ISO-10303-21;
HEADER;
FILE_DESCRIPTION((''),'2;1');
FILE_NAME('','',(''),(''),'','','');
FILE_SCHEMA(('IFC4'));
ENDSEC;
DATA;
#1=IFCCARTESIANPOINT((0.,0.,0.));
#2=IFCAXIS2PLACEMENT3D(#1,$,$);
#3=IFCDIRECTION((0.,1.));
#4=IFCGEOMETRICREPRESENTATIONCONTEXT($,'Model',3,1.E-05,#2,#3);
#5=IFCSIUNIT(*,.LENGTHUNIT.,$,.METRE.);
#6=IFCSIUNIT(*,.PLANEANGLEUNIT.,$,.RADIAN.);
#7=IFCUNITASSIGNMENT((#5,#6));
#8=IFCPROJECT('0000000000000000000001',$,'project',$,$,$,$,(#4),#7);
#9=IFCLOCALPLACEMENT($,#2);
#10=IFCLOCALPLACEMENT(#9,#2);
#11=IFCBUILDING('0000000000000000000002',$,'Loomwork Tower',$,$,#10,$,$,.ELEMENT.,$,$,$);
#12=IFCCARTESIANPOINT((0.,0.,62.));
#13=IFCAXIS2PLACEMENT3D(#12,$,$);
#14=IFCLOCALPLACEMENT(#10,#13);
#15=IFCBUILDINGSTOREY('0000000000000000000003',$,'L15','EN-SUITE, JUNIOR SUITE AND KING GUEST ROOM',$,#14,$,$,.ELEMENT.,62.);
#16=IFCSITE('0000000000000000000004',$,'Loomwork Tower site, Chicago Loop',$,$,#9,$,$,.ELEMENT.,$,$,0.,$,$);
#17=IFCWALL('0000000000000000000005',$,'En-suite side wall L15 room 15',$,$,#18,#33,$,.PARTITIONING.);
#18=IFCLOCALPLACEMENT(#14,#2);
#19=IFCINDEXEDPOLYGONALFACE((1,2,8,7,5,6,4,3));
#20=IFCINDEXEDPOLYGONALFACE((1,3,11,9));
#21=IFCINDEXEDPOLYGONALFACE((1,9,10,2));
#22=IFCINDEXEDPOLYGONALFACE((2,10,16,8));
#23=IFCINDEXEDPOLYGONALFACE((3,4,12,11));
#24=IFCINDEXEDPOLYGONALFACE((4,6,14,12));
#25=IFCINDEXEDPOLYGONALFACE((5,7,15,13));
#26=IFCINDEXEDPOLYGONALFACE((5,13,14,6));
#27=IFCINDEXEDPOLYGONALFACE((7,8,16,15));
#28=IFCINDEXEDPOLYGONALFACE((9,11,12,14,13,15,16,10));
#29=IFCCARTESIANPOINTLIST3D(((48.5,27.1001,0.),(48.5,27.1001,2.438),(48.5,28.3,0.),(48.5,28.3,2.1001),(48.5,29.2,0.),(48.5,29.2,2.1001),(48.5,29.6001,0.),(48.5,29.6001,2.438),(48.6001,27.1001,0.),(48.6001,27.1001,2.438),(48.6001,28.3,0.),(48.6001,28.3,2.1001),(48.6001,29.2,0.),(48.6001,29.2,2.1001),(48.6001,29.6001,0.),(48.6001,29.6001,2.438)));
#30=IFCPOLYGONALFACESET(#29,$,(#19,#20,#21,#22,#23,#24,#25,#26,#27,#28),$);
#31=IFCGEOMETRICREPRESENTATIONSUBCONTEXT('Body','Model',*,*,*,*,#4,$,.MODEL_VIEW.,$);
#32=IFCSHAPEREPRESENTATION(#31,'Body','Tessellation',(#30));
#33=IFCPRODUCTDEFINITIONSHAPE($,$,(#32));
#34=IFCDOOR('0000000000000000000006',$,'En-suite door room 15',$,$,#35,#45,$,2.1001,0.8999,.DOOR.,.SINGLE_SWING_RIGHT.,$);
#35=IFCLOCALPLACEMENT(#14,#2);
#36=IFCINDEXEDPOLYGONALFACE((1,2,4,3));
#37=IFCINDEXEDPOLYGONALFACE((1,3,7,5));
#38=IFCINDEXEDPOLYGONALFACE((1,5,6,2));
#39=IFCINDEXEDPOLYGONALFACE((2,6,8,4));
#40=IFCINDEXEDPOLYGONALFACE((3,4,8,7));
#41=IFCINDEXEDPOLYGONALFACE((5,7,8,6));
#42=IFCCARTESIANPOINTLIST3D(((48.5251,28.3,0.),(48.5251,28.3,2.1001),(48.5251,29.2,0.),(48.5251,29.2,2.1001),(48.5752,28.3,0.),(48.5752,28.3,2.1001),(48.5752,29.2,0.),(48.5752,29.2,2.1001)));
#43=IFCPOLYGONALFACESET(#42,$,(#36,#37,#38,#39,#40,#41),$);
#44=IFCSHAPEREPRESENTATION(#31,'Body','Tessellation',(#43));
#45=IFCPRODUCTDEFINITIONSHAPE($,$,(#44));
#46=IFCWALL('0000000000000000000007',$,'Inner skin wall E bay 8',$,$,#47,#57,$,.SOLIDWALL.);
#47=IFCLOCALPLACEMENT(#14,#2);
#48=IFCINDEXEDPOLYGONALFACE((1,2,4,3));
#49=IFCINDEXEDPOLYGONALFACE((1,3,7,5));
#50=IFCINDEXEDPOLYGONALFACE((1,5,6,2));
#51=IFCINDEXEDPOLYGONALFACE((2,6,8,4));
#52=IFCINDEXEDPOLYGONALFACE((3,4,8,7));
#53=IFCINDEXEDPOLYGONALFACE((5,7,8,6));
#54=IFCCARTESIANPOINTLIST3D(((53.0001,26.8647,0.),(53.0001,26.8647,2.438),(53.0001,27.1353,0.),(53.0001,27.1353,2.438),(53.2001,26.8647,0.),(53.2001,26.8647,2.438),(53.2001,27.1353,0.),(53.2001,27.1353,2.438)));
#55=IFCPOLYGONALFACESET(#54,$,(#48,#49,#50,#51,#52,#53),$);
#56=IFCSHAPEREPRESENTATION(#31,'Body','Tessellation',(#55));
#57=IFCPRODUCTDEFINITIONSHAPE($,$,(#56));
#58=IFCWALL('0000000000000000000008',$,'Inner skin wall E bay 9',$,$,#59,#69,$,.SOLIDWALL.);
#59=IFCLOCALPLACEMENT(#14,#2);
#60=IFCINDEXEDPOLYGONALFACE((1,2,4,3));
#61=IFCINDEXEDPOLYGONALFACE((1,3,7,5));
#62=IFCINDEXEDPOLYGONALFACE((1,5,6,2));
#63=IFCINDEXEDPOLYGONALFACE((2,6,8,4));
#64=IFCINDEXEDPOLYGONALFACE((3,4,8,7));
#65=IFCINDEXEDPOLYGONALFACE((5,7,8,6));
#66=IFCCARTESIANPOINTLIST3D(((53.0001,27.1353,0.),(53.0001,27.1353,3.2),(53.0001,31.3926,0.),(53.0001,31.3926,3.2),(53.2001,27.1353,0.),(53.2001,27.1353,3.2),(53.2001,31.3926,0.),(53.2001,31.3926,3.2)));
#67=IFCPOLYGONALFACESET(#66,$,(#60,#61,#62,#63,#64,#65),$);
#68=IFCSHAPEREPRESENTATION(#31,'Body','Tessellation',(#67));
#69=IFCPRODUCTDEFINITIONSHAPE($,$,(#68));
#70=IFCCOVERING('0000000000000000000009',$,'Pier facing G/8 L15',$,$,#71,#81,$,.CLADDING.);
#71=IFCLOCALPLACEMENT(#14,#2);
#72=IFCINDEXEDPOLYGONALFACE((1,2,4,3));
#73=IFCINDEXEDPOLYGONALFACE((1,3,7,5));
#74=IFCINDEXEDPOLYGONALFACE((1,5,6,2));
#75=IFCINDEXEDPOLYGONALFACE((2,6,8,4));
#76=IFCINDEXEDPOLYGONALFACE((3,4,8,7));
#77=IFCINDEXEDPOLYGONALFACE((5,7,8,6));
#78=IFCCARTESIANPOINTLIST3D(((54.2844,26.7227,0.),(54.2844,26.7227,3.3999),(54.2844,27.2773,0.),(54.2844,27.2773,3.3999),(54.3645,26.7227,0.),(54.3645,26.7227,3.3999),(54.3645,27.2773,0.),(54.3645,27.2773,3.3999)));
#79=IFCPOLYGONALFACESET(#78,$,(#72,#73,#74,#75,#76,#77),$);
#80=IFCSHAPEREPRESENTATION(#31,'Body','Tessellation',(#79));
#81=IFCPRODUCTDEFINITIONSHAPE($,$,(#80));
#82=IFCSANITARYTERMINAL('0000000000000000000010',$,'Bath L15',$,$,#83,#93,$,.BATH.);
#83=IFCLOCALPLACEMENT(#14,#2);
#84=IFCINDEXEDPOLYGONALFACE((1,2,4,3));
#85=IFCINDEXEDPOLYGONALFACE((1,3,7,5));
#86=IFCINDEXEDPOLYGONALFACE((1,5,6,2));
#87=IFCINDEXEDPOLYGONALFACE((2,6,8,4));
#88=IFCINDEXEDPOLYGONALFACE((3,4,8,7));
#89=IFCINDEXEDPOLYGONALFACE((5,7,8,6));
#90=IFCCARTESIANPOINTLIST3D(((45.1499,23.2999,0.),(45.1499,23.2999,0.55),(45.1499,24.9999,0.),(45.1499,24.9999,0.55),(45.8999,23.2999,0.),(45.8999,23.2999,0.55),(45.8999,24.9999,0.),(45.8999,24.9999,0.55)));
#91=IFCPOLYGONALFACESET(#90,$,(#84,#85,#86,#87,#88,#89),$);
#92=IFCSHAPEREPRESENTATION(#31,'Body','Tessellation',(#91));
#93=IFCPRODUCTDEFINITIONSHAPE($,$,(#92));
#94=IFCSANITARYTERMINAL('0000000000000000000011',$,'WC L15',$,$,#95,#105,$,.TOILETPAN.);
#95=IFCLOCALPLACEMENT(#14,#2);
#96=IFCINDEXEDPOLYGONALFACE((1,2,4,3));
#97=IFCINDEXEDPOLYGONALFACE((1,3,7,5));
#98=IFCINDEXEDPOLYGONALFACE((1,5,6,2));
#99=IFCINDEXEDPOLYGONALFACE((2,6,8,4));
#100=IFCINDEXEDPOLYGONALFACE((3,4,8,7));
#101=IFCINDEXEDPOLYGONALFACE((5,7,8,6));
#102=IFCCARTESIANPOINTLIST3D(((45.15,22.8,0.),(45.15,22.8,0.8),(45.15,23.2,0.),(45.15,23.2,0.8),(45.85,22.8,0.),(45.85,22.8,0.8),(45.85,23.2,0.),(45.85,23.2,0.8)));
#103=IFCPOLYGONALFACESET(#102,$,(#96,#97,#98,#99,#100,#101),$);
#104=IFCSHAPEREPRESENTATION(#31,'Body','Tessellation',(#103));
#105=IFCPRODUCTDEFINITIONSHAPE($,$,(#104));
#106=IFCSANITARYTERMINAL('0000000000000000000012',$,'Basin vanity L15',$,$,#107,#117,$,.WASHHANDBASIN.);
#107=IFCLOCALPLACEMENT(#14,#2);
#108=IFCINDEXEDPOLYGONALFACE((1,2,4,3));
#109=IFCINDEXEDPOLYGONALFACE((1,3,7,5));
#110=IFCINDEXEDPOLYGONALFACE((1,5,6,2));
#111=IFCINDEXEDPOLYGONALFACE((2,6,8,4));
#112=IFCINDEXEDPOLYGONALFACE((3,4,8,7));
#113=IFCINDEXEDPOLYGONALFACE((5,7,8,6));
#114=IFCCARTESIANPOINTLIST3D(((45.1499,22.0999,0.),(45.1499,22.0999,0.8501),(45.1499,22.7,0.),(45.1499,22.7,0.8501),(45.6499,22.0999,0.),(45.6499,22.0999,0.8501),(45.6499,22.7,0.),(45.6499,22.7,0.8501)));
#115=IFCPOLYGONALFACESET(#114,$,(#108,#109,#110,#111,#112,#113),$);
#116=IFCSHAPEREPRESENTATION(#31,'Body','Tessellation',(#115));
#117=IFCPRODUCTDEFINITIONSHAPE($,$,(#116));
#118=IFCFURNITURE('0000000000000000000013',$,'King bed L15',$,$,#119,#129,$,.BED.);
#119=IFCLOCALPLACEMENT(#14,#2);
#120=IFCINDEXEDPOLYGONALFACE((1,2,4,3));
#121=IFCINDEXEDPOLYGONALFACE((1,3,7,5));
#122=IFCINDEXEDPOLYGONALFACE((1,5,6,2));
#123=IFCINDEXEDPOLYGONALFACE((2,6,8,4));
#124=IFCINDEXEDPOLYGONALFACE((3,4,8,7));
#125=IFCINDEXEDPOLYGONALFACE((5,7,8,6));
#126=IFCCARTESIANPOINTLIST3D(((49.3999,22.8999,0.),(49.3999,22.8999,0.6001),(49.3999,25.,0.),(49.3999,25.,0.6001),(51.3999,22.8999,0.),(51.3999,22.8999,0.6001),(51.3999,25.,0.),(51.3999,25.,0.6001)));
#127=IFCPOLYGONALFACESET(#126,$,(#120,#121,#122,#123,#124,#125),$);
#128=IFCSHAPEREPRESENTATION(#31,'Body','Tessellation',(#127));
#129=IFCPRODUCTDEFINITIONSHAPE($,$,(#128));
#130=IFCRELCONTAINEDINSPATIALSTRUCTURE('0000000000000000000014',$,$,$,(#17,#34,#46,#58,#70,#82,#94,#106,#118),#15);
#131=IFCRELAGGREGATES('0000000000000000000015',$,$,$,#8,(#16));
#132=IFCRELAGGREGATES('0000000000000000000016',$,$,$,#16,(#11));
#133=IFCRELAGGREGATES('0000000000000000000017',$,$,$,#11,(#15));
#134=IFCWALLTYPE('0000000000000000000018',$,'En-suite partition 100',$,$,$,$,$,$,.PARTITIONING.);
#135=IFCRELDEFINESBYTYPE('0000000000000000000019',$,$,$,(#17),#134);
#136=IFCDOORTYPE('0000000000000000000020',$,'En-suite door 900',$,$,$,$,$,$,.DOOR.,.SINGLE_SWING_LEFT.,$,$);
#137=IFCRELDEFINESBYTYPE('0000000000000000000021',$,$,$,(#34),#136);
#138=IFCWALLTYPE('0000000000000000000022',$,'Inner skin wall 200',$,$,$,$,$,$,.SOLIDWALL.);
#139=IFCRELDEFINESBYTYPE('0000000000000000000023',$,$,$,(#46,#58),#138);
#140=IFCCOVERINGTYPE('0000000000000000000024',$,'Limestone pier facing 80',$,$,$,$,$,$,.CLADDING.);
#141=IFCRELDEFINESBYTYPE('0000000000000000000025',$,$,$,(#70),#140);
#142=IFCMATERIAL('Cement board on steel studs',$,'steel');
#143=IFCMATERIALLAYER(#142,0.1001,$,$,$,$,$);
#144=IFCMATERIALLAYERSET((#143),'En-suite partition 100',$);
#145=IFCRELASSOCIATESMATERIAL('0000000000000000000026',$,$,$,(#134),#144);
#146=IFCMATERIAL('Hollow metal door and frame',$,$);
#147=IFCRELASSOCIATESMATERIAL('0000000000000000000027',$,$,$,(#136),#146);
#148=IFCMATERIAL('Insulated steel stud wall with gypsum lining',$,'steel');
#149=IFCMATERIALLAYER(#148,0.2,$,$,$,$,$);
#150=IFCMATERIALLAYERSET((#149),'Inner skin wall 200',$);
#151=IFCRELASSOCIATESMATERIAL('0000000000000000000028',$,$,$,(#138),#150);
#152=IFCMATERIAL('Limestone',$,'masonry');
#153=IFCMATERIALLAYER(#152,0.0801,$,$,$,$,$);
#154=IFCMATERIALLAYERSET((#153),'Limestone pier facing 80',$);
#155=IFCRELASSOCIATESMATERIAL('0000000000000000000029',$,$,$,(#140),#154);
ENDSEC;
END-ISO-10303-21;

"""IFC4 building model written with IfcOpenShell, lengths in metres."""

from ifc_helpers import new_model, si_unit, direction, frame, frame_2d, origin, origin_2d, place, context, subcontext, project, spatial, rectangle, extrude, material, layer, layer_set, type_object, element, fill, save


model = new_model("IFC4")

# Units and contexts
model_context = context("Model", 3, precision=1e-05, world=origin(), true_north=direction((0.0, 1.0)))
body_context = subcontext(model_context, "Body", "Model", "MODEL_VIEW")
ifc_project = project(units=[si_unit("LENGTHUNIT", "METRE"), si_unit("PLANEANGLEUNIT", "RADIAN")], contexts=[model_context])

# Site, building, storey
site_placement = place(None, origin())
site = spatial("IfcSite", under=ifc_project, at=site_placement, Name="Loomwork Tower site, Chicago Loop", CompositionType="ELEMENT", RefElevation=0.0)
building_placement = place(site_placement, origin())
building = spatial("IfcBuilding", under=site, at=building_placement, Name="Loomwork Tower", CompositionType="ELEMENT")
storey_placement = place(building_placement, frame((0.0, 0.0, 62.0)))
storey = spatial("IfcBuildingStorey", under=building, at=storey_placement, Name="L15", Description="EN-SUITE, JUNIOR SUITE AND KING GUEST ROOM", CompositionType="ELEMENT", Elevation=62.0)

# Wall, opening, door
ifc_material_1 = material(Name="Cement board on steel studs", Category="steel")
ifc_layer_1 = layer(ifc_material_1, 0.1001)
ifc_layer_set_1 = layer_set([ifc_layer_1], Name="En-suite partition 100")
wall_type_1 = type_object("IfcWallType", Name="En-suite partition 100", PredefinedType="PARTITIONING", material=ifc_layer_set_1)
wall_1_placement = place(storey_placement, frame((48.55, 27.1001, 0.0), z_axis=(0.0, 0.0, 1.0), x_axis=(0.0, 1.0, 0.0)))
wall_1 = element("IfcWall", 1, at=wall_1_placement, inside=storey, type_object=wall_type_1, Name="En-suite side wall L15 room 15", PredefinedType="PARTITIONING", context=body_context, shape_type="SweptSolid", body=[
    extrude(rectangle(XDim=2.5, YDim=0.1001, at=frame_2d((1.25, 0.0))), origin(), (0.0, 0.0, 1.0), 2.438),
])
opening_1_placement = place(wall_1_placement, frame((1.2, 0.0, 0.0)))
opening_1 = element("IfcOpeningElement", 2, at=opening_1_placement, cuts=wall_1, PredefinedType="OPENING", context=body_context, shape_type="SweptSolid", body=[
    extrude(rectangle(XDim=0.8999, YDim=2.1001, at=frame_2d((0.45, 1.05))), frame((0.0, 0.0601, 0.0), z_axis=(0.0, -1.0, 0.0), x_axis=(1.0, 0.0, 0.0)), (0.0, 0.0, 1.0), 0.1201),
])
ifc_material_2 = material(Name="Hollow metal door and frame")
door_type_1 = type_object("IfcDoorType", Name="En-suite door 900", OperationType="SINGLE_SWING_LEFT", PredefinedType="DOOR", material=ifc_material_2)
door_1_placement = place(opening_1_placement, origin())
door_1 = element("IfcDoor", 3, at=door_1_placement, inside=storey, type_object=door_type_1, Name="En-suite door room 15", OperationType="SINGLE_SWING_RIGHT", OverallHeight=2.1001, OverallWidth=0.8999, PredefinedType="DOOR", context=body_context, shape_type="SweptSolid", body=[
    extrude(rectangle(XDim=0.8999, YDim=2.1001, at=frame_2d((0.45, 1.05))), frame((0.0, 0.0249, 0.0), z_axis=(0.0, -1.0, 0.0), x_axis=(1.0, 0.0, 0.0)), (0.0, 0.0, 1.0), 0.05),
])
fill(opening_1, door_1)

# Walls
ifc_material_3 = material(Name="Insulated steel stud wall with gypsum lining", Category="steel")
ifc_layer_2 = layer(ifc_material_3, 0.2)
ifc_layer_set_2 = layer_set([ifc_layer_2], Name="Inner skin wall 200")
wall_type_2 = type_object("IfcWallType", Name="Inner skin wall 200", PredefinedType="SOLIDWALL", material=ifc_layer_set_2)
wall_2_placement = place(storey_placement, frame((53.1001, 26.8647, 0.0), z_axis=(0.0, 0.0, 1.0), x_axis=(0.0, 1.0, 0.0)))
element("IfcWall", 4, at=wall_2_placement, inside=storey, type_object=wall_type_2, Name="Inner skin wall E bay 8", PredefinedType="SOLIDWALL", context=body_context, shape_type="SweptSolid", body=[
    extrude(rectangle(XDim=0.2705, YDim=0.2, at=frame_2d((0.1353, 0.0))), origin(), (0.0, 0.0, 1.0), 2.438),
])
wall_3_placement = place(storey_placement, frame((53.1001, 27.1353, 0.0), z_axis=(0.0, 0.0, 1.0), x_axis=(0.0, 1.0, 0.0)))
element("IfcWall", 5, at=wall_3_placement, inside=storey, type_object=wall_type_2, Name="Inner skin wall E bay 9", PredefinedType="SOLIDWALL", context=body_context, shape_type="SweptSolid", body=[
    extrude(rectangle(XDim=4.2573, YDim=0.2, at=frame_2d((2.1287, 0.0))), origin(), (0.0, 0.0, 1.0), 3.2),
])

# Covering
ifc_material_4 = material(Name="Limestone", Category="masonry")
ifc_layer_3 = layer(ifc_material_4, 0.0801)
ifc_layer_set_3 = layer_set([ifc_layer_3], Name="Limestone pier facing 80")
covering_type = type_object("IfcCoveringType", Name="Limestone pier facing 80", PredefinedType="CLADDING", material=ifc_layer_set_3)
covering_placement = place(storey_placement, frame((54.3245, 27.0, 0.0), z_axis=(0.0, 0.0, 1.0), x_axis=(1.0, 0.0, 0.0)))
element("IfcCovering", 6, at=covering_placement, inside=storey, type_object=covering_type, Name="Pier facing G/8 L15", PredefinedType="CLADDING", context=body_context, shape_type="SweptSolid", body=[
    extrude(rectangle(XDim=0.0801, YDim=0.5547, at=origin_2d()), origin(), (0.0, 0.0, 1.0), 3.3999),
])

# Sanitary terminals
sanitary_terminal_1_placement = place(storey_placement, frame((45.5249, 24.1499, 0.0), z_axis=(0.0, 0.0, 1.0), x_axis=(1.0, 0.0, 0.0)))
element("IfcSanitaryTerminal", 7, at=sanitary_terminal_1_placement, inside=storey, Name="Bath L15", PredefinedType="BATH", context=body_context, shape_type="SweptSolid", body=[
    extrude(rectangle(XDim=0.75, YDim=1.7, at=origin_2d()), origin(), (0.0, 0.0, 1.0), 0.55),
])
sanitary_terminal_2_placement = place(storey_placement, frame((45.5, 23.0, 0.0), z_axis=(0.0, 0.0, 1.0), x_axis=(1.0, 0.0, 0.0)))
element("IfcSanitaryTerminal", 8, at=sanitary_terminal_2_placement, inside=storey, Name="WC L15", PredefinedType="TOILETPAN", context=body_context, shape_type="SweptSolid", body=[
    extrude(rectangle(XDim=0.7, YDim=0.3999, at=origin_2d()), origin(), (0.0, 0.0, 1.0), 0.8),
])
sanitary_terminal_3_placement = place(storey_placement, frame((45.3999, 22.3999, 0.0), z_axis=(0.0, 0.0, 1.0), x_axis=(1.0, 0.0, 0.0)))
element("IfcSanitaryTerminal", 9, at=sanitary_terminal_3_placement, inside=storey, Name="Basin vanity L15", PredefinedType="WASHHANDBASIN", context=body_context, shape_type="SweptSolid", body=[
    extrude(rectangle(XDim=0.5, YDim=0.6001, at=origin_2d()), origin(), (0.0, 0.0, 1.0), 0.8501),
])

# Furniture
furniture_placement = place(storey_placement, frame((50.3999, 23.95, 0.0), z_axis=(0.0, 0.0, 1.0), x_axis=(1.0, 0.0, 0.0)))
element("IfcFurniture", 10, at=furniture_placement, inside=storey, Name="King bed L15", PredefinedType="BED", context=body_context, shape_type="SweptSolid", body=[
    extrude(rectangle(XDim=2.0, YDim=2.1001, at=origin_2d()), origin(), (0.0, 0.0, 1.0), 0.6001),
])

save(model, "model.ifc")
